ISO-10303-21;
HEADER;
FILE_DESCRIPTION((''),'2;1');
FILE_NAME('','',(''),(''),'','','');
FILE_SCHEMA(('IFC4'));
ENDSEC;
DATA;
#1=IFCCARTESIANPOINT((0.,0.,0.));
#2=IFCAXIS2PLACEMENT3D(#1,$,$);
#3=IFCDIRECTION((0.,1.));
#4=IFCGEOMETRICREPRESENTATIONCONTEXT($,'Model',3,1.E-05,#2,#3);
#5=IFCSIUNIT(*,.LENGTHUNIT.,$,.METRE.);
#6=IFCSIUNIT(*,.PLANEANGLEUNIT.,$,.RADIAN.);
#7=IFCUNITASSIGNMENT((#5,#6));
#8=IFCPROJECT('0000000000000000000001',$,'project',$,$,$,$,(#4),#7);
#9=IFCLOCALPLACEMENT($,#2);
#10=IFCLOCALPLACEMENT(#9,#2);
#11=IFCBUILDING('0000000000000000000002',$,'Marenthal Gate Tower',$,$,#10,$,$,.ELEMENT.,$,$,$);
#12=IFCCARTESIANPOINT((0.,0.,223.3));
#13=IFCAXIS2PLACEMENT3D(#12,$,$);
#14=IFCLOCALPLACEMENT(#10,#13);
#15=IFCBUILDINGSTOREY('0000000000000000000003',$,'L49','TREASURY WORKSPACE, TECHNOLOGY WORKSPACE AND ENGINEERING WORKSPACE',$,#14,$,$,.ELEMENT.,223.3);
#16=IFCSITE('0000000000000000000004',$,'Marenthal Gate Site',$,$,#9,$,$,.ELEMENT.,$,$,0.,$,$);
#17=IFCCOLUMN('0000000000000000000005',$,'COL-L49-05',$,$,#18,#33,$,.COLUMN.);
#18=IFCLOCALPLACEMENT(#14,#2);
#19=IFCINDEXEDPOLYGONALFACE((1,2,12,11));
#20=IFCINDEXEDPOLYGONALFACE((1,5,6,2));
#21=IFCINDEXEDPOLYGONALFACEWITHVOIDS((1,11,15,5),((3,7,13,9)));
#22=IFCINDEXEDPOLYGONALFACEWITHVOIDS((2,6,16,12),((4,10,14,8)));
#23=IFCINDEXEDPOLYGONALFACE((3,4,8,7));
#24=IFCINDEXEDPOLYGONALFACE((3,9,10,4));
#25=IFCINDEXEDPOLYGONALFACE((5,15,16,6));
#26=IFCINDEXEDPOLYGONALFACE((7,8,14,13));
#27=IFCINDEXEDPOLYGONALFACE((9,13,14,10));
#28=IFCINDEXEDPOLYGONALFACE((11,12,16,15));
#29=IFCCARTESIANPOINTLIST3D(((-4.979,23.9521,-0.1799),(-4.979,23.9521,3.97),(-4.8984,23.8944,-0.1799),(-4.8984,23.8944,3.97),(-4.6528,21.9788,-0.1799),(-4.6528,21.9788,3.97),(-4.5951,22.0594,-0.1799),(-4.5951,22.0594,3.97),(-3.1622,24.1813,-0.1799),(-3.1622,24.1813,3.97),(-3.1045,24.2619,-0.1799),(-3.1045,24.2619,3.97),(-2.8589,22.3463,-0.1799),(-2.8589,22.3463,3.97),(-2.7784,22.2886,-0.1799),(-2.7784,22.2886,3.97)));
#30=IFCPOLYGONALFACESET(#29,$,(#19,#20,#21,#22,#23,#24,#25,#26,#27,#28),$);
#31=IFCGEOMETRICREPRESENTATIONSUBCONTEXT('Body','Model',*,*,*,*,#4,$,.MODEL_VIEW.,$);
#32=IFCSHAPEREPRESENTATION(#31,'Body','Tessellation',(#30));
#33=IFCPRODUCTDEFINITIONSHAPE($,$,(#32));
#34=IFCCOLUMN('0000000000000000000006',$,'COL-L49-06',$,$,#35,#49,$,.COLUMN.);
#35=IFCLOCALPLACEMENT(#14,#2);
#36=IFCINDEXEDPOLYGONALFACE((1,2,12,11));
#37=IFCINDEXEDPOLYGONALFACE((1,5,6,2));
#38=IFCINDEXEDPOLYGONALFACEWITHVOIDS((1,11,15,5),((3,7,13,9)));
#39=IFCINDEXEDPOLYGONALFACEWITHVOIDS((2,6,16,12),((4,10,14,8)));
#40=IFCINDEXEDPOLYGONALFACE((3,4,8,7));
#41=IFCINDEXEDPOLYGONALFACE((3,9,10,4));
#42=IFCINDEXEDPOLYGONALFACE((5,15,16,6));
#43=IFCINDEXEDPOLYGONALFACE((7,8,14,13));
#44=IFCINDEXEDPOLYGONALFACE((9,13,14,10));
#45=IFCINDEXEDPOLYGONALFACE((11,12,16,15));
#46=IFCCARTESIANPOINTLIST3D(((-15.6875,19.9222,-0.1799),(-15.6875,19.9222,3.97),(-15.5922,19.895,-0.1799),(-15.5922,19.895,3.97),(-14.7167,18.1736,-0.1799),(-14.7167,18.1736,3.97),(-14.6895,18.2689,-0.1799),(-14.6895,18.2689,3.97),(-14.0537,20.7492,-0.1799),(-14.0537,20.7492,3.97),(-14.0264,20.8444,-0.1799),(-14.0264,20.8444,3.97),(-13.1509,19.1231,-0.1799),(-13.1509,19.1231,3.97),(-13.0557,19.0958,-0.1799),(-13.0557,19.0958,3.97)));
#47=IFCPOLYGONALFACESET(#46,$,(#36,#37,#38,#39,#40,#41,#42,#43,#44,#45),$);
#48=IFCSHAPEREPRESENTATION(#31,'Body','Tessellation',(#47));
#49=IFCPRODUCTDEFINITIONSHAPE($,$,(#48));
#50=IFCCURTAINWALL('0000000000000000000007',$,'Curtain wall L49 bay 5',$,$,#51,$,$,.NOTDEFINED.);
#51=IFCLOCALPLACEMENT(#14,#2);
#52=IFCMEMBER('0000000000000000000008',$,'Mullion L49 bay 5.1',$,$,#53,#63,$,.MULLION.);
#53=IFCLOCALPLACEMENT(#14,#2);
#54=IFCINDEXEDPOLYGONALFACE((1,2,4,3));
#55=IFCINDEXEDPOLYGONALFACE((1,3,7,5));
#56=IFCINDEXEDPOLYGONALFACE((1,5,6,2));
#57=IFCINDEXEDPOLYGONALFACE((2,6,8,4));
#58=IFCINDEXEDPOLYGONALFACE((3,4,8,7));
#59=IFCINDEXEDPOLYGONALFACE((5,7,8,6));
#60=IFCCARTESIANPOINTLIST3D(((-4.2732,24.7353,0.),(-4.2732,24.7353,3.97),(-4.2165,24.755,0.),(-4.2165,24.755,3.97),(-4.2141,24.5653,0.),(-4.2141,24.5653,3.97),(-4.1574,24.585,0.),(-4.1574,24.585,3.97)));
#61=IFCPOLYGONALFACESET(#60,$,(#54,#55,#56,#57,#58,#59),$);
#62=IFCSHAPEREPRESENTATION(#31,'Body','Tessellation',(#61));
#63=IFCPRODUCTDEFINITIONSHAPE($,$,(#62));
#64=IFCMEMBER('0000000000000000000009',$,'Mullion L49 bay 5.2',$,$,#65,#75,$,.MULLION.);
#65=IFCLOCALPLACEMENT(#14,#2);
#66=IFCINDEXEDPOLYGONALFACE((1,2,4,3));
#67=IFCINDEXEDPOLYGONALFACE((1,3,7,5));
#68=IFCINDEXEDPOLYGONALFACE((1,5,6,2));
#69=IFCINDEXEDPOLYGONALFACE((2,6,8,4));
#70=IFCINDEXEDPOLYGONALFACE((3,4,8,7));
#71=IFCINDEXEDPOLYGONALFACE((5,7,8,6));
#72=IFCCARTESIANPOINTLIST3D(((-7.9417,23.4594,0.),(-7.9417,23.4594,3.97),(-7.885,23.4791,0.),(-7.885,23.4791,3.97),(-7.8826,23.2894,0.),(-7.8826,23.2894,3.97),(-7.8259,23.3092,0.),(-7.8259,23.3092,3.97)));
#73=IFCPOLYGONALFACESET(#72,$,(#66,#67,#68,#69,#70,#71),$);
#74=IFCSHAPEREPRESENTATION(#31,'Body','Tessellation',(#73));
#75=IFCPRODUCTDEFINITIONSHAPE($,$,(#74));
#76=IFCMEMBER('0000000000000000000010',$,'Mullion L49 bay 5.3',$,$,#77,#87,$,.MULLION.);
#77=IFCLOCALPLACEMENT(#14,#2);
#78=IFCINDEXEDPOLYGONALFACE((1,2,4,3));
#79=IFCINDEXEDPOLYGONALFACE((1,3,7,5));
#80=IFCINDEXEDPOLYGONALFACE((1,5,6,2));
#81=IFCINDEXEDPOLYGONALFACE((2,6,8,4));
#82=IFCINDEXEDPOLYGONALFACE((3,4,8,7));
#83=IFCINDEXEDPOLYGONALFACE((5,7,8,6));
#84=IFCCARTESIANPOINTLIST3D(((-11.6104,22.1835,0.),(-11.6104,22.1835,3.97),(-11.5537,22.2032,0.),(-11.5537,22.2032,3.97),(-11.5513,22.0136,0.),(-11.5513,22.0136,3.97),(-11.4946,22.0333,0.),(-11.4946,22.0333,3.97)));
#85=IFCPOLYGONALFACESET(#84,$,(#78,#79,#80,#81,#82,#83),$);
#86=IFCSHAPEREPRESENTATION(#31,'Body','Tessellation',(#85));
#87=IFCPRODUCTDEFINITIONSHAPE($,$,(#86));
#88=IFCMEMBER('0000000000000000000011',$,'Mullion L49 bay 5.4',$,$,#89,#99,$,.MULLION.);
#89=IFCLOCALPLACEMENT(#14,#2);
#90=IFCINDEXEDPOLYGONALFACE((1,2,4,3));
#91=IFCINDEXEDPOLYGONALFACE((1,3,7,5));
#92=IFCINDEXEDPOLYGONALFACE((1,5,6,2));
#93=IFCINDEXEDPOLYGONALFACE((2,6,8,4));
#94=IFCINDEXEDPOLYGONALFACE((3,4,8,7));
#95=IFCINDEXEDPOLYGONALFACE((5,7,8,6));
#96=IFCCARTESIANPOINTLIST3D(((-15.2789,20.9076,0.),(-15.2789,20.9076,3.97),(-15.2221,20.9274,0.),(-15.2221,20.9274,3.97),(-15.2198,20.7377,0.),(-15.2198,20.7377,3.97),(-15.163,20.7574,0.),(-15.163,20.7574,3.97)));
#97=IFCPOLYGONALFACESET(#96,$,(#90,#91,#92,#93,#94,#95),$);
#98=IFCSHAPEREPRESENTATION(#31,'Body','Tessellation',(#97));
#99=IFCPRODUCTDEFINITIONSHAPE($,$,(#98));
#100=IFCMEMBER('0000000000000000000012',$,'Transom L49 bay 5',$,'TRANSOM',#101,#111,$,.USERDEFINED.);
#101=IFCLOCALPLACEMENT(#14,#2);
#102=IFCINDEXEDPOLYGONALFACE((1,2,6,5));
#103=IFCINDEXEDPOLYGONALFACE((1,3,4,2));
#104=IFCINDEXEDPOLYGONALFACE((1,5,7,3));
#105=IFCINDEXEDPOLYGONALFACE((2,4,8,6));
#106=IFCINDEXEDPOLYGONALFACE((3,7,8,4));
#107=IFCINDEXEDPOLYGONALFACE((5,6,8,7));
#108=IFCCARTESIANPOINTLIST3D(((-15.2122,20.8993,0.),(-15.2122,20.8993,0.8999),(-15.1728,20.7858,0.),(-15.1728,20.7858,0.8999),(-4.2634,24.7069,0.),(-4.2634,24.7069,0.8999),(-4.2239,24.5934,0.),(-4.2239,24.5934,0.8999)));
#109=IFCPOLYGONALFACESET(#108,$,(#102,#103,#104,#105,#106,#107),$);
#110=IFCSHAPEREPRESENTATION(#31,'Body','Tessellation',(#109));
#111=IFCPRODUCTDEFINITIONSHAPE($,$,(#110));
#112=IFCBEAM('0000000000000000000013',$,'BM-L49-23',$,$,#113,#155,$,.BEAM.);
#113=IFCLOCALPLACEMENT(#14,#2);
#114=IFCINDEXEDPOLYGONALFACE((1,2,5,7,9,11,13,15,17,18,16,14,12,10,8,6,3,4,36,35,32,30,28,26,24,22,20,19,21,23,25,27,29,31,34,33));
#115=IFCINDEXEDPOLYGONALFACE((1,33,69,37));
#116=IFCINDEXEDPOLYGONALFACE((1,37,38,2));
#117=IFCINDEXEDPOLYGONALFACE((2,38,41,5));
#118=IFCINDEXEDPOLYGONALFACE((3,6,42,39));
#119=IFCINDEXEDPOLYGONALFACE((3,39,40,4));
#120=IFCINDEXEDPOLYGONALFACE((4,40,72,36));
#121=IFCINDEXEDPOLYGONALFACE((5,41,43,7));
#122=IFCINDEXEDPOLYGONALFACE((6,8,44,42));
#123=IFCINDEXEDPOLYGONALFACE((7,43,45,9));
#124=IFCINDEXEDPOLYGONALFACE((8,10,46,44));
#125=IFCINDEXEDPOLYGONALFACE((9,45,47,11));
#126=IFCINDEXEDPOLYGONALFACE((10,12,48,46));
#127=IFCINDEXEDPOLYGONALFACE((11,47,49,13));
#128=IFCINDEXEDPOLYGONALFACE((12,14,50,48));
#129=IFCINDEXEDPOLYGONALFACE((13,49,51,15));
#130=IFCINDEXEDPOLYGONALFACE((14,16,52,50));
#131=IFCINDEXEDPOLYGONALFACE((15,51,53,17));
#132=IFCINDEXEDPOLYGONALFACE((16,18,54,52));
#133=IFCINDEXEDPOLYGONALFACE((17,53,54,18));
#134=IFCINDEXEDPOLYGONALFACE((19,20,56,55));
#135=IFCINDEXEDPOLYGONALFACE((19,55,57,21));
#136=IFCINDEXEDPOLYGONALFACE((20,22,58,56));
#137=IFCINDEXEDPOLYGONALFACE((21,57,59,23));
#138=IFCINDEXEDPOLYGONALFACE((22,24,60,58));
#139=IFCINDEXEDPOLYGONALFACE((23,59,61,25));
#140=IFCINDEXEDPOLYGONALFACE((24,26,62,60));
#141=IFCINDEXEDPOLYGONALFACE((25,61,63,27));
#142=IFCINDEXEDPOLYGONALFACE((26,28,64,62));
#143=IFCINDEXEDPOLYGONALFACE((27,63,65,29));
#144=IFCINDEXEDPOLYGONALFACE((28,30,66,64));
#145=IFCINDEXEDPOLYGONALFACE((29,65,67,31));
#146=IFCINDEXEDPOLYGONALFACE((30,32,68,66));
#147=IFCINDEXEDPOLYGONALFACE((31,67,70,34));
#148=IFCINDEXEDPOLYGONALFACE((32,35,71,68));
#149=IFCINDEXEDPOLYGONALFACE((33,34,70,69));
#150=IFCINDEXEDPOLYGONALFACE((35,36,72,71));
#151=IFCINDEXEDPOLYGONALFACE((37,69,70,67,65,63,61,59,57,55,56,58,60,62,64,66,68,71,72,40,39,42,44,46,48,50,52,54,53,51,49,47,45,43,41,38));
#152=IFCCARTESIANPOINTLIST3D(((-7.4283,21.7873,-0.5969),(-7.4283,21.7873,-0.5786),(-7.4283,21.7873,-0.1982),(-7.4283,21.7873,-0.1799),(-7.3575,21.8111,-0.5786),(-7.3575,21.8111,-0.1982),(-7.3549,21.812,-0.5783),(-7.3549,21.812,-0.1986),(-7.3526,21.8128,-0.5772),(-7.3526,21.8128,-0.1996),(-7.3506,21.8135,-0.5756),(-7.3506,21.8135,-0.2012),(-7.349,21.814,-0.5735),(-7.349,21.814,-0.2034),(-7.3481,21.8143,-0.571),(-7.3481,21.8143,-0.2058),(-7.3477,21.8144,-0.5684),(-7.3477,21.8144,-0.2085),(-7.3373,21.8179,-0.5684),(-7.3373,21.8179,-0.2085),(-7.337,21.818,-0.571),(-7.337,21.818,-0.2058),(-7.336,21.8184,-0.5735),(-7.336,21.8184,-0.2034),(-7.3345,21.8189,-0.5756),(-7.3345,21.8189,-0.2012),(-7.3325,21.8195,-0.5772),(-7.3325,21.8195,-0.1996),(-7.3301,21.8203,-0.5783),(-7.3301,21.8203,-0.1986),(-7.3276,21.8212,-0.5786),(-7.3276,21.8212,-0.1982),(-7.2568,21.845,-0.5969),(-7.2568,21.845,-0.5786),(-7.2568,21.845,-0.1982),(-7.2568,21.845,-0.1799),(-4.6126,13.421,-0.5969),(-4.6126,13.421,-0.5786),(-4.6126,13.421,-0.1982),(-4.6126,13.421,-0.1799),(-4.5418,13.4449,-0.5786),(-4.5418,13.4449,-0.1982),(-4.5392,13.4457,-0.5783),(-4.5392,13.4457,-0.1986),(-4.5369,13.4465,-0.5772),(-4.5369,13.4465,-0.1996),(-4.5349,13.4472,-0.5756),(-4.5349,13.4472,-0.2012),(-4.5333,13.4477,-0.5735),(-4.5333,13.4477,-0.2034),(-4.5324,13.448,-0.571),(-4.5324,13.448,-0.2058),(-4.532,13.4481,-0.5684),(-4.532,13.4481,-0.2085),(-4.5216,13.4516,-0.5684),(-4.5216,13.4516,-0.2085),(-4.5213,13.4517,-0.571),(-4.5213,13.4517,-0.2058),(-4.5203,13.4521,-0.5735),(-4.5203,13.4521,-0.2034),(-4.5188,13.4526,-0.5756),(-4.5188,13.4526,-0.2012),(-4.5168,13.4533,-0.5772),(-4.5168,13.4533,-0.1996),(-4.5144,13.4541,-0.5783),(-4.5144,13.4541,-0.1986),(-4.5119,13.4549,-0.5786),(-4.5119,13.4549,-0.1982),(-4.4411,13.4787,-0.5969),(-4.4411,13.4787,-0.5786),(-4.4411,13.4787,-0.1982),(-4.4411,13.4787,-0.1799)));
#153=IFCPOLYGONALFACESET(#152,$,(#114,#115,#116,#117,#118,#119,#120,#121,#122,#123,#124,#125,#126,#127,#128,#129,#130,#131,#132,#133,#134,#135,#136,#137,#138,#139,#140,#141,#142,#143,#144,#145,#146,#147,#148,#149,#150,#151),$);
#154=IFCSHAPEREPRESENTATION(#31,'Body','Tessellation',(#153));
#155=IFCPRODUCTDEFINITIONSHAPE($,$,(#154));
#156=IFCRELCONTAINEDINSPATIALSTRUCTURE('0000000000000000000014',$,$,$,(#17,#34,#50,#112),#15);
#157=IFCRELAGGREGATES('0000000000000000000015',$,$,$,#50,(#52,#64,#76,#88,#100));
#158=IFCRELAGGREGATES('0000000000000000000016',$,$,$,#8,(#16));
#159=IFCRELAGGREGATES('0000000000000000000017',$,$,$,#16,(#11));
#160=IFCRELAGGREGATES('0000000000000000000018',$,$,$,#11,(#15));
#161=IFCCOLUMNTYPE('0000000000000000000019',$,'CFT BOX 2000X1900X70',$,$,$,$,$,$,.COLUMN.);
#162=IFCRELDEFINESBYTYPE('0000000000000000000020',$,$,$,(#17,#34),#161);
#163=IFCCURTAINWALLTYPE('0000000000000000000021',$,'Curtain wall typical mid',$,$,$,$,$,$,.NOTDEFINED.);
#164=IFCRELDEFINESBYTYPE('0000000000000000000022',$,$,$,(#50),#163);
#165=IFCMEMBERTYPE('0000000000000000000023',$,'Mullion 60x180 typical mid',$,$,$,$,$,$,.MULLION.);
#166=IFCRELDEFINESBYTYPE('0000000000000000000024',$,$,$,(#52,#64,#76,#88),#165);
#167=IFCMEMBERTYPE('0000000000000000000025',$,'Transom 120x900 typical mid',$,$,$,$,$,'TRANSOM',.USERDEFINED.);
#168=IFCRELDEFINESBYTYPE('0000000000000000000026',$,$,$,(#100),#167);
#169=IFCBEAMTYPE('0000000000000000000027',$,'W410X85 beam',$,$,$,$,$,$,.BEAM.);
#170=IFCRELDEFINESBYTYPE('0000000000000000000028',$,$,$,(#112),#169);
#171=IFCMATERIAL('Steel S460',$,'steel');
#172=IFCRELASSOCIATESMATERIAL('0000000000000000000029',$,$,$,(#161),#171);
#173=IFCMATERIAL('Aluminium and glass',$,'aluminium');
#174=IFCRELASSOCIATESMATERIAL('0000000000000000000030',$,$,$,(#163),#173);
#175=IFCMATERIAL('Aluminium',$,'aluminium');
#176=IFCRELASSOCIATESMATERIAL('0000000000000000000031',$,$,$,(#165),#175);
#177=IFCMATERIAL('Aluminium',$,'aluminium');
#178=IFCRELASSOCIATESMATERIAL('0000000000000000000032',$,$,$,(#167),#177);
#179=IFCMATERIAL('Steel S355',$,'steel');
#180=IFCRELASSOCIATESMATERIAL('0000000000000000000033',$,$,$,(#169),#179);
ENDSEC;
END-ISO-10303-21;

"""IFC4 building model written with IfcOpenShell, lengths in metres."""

from ifc_helpers import new_model, si_unit, direction, frame, origin, origin_2d, place, context, subcontext, project, spatial, rectangle, hollow_rectangle, i_section, extrude, material, material_profile, profile_set, type_object, element, aggregate, save


model = new_model("IFC4")

# Units and contexts
model_context = context("Model", 3, precision=1e-05, world=origin(), true_north=direction((0.0, 1.0)))
body_context = subcontext(model_context, "Body", "Model", "MODEL_VIEW")
ifc_project = project(units=[si_unit("LENGTHUNIT", "METRE"), si_unit("PLANEANGLEUNIT", "RADIAN")], contexts=[model_context])

# Site, building, storey
site_placement = place(None, origin())
site = spatial("IfcSite", under=ifc_project, at=site_placement, Name="Marenthal Gate Site", CompositionType="ELEMENT", RefElevation=0.0)
building_placement = place(site_placement, origin())
building = spatial("IfcBuilding", under=site, at=building_placement, Name="Marenthal Gate Tower", CompositionType="ELEMENT")
storey_placement = place(building_placement, frame((0.0, 0.0, 223.3)))
storey = spatial("IfcBuildingStorey", under=building, at=storey_placement, Name="L49", Description="TREASURY WORKSPACE, TECHNOLOGY WORKSPACE AND ENGINEERING WORKSPACE", CompositionType="ELEMENT", Elevation=223.3)

# Columns
ifc_material_1 = material(Name="Steel S460", Category="steel")
ifc_material_profile_1 = material_profile(ifc_material_1, hollow_rectangle(XDim=1.8999, YDim=2.0, WallThickness=0.0701, at=origin_2d()), Name="CFT BOX 2000X1900X70")
ifc_material_2 = material(Name="Concrete 70 MPa", Category="concrete")
ifc_material_profile_2 = material_profile(ifc_material_2, rectangle(XDim=1.76, YDim=1.8601, at=origin_2d()), Name="CFT BOX 2000X1900X70 INFILL")
ifc_profile_set_1 = profile_set([ifc_material_profile_1, ifc_material_profile_2], Name="Steel S460 shell, Concrete 70 MPa infill")
column_type = type_object("IfcColumnType", Name="CFT BOX 2000X1900X70", PredefinedType="COLUMN", material=ifc_profile_set_1)
for number, where, z_axis, x_axis, name in (
    (1, (-3.8787, 23.1204, -0.1799), (0.0, 0.0, 1.0), (0.986616, 0.163059, 0.0), "COL-L49-05"),
    (2, (-14.3716, 19.509, -0.1799), (0.0, 0.0, 1.0), (0.874301, 0.485385, 0.0), "COL-L49-06"),
):
    element("IfcColumn", number, at=place(storey_placement, frame(where, z_axis=z_axis, x_axis=x_axis)), inside=storey, type_object=column_type, Name=name, PredefinedType="COLUMN", context=body_context, shape_type="SweptSolid", body=[
        extrude(hollow_rectangle(XDim=1.8999, YDim=2.0, WallThickness=0.0701, at=origin_2d()), origin(), (0.0, 0.0, 1.0), 4.1499),
    ])

# Curtain wall, members
ifc_material_3 = material(Name="Aluminium and glass", Category="aluminium")
curtain_wall_type = type_object("IfcCurtainWallType", Name="Curtain wall typical mid", PredefinedType="NOTDEFINED", material=ifc_material_3)
curtain_wall_placement = place(storey_placement, origin())
curtain_wall = element("IfcCurtainWall", 3, at=curtain_wall_placement, inside=storey, type_object=curtain_wall_type, Name="Curtain wall L49 bay 5", PredefinedType="NOTDEFINED")
ifc_material_4 = material(Name="Aluminium", Category="aluminium")
ifc_material_profile_3 = material_profile(ifc_material_4, rectangle(XDim=0.1799, YDim=0.0601, at=origin_2d()), Name="60x180 aluminium mullion")
ifc_profile_set_2 = profile_set([ifc_material_profile_3], Name="Aluminium")
member_type_1 = type_object("IfcMemberType", Name="Mullion 60x180 typical mid", PredefinedType="MULLION", material=ifc_profile_set_2)
member_1_placement = place(storey_placement, frame((-4.2153, 24.6602, 0.0), z_axis=(0.0, 0.0, 1.0), x_axis=(0.328468, -0.944515, 0.0)))
member_1 = element("IfcMember", 4, at=member_1_placement, type_object=member_type_1, Name="Mullion L49 bay 5.1", PredefinedType="MULLION", context=body_context, shape_type="SweptSolid", body=[
    extrude(rectangle(XDim=0.1799, YDim=0.0601, at=origin_2d()), origin(), (0.0, 0.0, 1.0), 3.97),
])
member_2_placement = place(storey_placement, frame((-7.8838, 23.3843, 0.0), z_axis=(0.0, 0.0, 1.0), x_axis=(0.328468, -0.944515, 0.0)))
member_2 = element("IfcMember", 5, at=member_2_placement, type_object=member_type_1, Name="Mullion L49 bay 5.2", PredefinedType="MULLION", context=body_context, shape_type="SweptSolid", body=[
    extrude(rectangle(XDim=0.1799, YDim=0.0601, at=origin_2d()), origin(), (0.0, 0.0, 1.0), 3.97),
])
member_3_placement = place(storey_placement, frame((-11.5525, 22.1084, 0.0), z_axis=(0.0, 0.0, 1.0), x_axis=(0.328468, -0.944515, 0.0)))
member_3 = element("IfcMember", 6, at=member_3_placement, type_object=member_type_1, Name="Mullion L49 bay 5.3", PredefinedType="MULLION", context=body_context, shape_type="SweptSolid", body=[
    extrude(rectangle(XDim=0.1799, YDim=0.0601, at=origin_2d()), origin(), (0.0, 0.0, 1.0), 3.97),
])
member_4_placement = place(storey_placement, frame((-15.2209, 20.8325, 0.0), z_axis=(0.0, 0.0, 1.0), x_axis=(0.328468, -0.944515, 0.0)))
member_4 = element("IfcMember", 7, at=member_4_placement, type_object=member_type_1, Name="Mullion L49 bay 5.4", PredefinedType="MULLION", context=body_context, shape_type="SweptSolid", body=[
    extrude(rectangle(XDim=0.1799, YDim=0.0601, at=origin_2d()), origin(), (0.0, 0.0, 1.0), 3.97),
])
ifc_material_5 = material(Name="Aluminium", Category="aluminium")
ifc_material_profile_4 = material_profile(ifc_material_5, rectangle(XDim=0.1201, YDim=0.8999, at=origin_2d()), Name="120x900 aluminium transom")
ifc_profile_set_3 = profile_set([ifc_material_profile_4], Name="Aluminium")
member_type_2 = type_object("IfcMemberType", Name="Transom 120x900 typical mid", ElementType="TRANSOM", PredefinedType="USERDEFINED", material=ifc_profile_set_3)
member_5_placement = place(storey_placement, frame((-4.2437, 24.6501, 0.45), z_axis=(-0.944516, -0.328465, 0.0), x_axis=(0.328465, -0.944516, 0.0)))
member_5 = element("IfcMember", 8, at=member_5_placement, type_object=member_type_2, Name="Transom L49 bay 5", ObjectType="TRANSOM", PredefinedType="USERDEFINED", context=body_context, shape_type="SweptSolid", body=[
    extrude(rectangle(XDim=0.1201, YDim=0.8999, at=origin_2d()), origin(), (0.0, 0.0, 1.0), 11.592),
])

# Beam
ifc_material_6 = material(Name="Steel S355", Category="steel")
ifc_material_profile_5 = material_profile(ifc_material_6, i_section(OverallWidth=0.1809, OverallDepth=0.417, WebThickness=0.011, FlangeThickness=0.0183, FilletRadius=0.0103, at=origin_2d()), Name="W410X85")
ifc_profile_set_4 = profile_set([ifc_material_profile_5], Name="Steel S355")
beam_type_1 = type_object("IfcBeamType", Name="W410X85 beam", PredefinedType="BEAM", material=ifc_profile_set_4)
beam_1_placement = place(storey_placement, frame((-7.3425, 21.8162, -0.3884), z_axis=(0.318973, -0.947764, 0.0), x_axis=(0.947764, 0.318973, 0.0)))
element("IfcBeam", 9, at=beam_1_placement, inside=storey, type_object=beam_type_1, Name="BM-L49-23", PredefinedType="BEAM", context=body_context, shape_type="SweptSolid", body=[
    extrude(i_section(OverallWidth=0.1809, OverallDepth=0.417, WebThickness=0.011, FlangeThickness=0.0183, FilletRadius=0.0103, at=origin_2d()), origin(), (0.0, 0.0, 1.0), 8.8274),
])

aggregate(curtain_wall, [member_1, member_2, member_3, member_4, member_5])

save(model, "model.ifc")
